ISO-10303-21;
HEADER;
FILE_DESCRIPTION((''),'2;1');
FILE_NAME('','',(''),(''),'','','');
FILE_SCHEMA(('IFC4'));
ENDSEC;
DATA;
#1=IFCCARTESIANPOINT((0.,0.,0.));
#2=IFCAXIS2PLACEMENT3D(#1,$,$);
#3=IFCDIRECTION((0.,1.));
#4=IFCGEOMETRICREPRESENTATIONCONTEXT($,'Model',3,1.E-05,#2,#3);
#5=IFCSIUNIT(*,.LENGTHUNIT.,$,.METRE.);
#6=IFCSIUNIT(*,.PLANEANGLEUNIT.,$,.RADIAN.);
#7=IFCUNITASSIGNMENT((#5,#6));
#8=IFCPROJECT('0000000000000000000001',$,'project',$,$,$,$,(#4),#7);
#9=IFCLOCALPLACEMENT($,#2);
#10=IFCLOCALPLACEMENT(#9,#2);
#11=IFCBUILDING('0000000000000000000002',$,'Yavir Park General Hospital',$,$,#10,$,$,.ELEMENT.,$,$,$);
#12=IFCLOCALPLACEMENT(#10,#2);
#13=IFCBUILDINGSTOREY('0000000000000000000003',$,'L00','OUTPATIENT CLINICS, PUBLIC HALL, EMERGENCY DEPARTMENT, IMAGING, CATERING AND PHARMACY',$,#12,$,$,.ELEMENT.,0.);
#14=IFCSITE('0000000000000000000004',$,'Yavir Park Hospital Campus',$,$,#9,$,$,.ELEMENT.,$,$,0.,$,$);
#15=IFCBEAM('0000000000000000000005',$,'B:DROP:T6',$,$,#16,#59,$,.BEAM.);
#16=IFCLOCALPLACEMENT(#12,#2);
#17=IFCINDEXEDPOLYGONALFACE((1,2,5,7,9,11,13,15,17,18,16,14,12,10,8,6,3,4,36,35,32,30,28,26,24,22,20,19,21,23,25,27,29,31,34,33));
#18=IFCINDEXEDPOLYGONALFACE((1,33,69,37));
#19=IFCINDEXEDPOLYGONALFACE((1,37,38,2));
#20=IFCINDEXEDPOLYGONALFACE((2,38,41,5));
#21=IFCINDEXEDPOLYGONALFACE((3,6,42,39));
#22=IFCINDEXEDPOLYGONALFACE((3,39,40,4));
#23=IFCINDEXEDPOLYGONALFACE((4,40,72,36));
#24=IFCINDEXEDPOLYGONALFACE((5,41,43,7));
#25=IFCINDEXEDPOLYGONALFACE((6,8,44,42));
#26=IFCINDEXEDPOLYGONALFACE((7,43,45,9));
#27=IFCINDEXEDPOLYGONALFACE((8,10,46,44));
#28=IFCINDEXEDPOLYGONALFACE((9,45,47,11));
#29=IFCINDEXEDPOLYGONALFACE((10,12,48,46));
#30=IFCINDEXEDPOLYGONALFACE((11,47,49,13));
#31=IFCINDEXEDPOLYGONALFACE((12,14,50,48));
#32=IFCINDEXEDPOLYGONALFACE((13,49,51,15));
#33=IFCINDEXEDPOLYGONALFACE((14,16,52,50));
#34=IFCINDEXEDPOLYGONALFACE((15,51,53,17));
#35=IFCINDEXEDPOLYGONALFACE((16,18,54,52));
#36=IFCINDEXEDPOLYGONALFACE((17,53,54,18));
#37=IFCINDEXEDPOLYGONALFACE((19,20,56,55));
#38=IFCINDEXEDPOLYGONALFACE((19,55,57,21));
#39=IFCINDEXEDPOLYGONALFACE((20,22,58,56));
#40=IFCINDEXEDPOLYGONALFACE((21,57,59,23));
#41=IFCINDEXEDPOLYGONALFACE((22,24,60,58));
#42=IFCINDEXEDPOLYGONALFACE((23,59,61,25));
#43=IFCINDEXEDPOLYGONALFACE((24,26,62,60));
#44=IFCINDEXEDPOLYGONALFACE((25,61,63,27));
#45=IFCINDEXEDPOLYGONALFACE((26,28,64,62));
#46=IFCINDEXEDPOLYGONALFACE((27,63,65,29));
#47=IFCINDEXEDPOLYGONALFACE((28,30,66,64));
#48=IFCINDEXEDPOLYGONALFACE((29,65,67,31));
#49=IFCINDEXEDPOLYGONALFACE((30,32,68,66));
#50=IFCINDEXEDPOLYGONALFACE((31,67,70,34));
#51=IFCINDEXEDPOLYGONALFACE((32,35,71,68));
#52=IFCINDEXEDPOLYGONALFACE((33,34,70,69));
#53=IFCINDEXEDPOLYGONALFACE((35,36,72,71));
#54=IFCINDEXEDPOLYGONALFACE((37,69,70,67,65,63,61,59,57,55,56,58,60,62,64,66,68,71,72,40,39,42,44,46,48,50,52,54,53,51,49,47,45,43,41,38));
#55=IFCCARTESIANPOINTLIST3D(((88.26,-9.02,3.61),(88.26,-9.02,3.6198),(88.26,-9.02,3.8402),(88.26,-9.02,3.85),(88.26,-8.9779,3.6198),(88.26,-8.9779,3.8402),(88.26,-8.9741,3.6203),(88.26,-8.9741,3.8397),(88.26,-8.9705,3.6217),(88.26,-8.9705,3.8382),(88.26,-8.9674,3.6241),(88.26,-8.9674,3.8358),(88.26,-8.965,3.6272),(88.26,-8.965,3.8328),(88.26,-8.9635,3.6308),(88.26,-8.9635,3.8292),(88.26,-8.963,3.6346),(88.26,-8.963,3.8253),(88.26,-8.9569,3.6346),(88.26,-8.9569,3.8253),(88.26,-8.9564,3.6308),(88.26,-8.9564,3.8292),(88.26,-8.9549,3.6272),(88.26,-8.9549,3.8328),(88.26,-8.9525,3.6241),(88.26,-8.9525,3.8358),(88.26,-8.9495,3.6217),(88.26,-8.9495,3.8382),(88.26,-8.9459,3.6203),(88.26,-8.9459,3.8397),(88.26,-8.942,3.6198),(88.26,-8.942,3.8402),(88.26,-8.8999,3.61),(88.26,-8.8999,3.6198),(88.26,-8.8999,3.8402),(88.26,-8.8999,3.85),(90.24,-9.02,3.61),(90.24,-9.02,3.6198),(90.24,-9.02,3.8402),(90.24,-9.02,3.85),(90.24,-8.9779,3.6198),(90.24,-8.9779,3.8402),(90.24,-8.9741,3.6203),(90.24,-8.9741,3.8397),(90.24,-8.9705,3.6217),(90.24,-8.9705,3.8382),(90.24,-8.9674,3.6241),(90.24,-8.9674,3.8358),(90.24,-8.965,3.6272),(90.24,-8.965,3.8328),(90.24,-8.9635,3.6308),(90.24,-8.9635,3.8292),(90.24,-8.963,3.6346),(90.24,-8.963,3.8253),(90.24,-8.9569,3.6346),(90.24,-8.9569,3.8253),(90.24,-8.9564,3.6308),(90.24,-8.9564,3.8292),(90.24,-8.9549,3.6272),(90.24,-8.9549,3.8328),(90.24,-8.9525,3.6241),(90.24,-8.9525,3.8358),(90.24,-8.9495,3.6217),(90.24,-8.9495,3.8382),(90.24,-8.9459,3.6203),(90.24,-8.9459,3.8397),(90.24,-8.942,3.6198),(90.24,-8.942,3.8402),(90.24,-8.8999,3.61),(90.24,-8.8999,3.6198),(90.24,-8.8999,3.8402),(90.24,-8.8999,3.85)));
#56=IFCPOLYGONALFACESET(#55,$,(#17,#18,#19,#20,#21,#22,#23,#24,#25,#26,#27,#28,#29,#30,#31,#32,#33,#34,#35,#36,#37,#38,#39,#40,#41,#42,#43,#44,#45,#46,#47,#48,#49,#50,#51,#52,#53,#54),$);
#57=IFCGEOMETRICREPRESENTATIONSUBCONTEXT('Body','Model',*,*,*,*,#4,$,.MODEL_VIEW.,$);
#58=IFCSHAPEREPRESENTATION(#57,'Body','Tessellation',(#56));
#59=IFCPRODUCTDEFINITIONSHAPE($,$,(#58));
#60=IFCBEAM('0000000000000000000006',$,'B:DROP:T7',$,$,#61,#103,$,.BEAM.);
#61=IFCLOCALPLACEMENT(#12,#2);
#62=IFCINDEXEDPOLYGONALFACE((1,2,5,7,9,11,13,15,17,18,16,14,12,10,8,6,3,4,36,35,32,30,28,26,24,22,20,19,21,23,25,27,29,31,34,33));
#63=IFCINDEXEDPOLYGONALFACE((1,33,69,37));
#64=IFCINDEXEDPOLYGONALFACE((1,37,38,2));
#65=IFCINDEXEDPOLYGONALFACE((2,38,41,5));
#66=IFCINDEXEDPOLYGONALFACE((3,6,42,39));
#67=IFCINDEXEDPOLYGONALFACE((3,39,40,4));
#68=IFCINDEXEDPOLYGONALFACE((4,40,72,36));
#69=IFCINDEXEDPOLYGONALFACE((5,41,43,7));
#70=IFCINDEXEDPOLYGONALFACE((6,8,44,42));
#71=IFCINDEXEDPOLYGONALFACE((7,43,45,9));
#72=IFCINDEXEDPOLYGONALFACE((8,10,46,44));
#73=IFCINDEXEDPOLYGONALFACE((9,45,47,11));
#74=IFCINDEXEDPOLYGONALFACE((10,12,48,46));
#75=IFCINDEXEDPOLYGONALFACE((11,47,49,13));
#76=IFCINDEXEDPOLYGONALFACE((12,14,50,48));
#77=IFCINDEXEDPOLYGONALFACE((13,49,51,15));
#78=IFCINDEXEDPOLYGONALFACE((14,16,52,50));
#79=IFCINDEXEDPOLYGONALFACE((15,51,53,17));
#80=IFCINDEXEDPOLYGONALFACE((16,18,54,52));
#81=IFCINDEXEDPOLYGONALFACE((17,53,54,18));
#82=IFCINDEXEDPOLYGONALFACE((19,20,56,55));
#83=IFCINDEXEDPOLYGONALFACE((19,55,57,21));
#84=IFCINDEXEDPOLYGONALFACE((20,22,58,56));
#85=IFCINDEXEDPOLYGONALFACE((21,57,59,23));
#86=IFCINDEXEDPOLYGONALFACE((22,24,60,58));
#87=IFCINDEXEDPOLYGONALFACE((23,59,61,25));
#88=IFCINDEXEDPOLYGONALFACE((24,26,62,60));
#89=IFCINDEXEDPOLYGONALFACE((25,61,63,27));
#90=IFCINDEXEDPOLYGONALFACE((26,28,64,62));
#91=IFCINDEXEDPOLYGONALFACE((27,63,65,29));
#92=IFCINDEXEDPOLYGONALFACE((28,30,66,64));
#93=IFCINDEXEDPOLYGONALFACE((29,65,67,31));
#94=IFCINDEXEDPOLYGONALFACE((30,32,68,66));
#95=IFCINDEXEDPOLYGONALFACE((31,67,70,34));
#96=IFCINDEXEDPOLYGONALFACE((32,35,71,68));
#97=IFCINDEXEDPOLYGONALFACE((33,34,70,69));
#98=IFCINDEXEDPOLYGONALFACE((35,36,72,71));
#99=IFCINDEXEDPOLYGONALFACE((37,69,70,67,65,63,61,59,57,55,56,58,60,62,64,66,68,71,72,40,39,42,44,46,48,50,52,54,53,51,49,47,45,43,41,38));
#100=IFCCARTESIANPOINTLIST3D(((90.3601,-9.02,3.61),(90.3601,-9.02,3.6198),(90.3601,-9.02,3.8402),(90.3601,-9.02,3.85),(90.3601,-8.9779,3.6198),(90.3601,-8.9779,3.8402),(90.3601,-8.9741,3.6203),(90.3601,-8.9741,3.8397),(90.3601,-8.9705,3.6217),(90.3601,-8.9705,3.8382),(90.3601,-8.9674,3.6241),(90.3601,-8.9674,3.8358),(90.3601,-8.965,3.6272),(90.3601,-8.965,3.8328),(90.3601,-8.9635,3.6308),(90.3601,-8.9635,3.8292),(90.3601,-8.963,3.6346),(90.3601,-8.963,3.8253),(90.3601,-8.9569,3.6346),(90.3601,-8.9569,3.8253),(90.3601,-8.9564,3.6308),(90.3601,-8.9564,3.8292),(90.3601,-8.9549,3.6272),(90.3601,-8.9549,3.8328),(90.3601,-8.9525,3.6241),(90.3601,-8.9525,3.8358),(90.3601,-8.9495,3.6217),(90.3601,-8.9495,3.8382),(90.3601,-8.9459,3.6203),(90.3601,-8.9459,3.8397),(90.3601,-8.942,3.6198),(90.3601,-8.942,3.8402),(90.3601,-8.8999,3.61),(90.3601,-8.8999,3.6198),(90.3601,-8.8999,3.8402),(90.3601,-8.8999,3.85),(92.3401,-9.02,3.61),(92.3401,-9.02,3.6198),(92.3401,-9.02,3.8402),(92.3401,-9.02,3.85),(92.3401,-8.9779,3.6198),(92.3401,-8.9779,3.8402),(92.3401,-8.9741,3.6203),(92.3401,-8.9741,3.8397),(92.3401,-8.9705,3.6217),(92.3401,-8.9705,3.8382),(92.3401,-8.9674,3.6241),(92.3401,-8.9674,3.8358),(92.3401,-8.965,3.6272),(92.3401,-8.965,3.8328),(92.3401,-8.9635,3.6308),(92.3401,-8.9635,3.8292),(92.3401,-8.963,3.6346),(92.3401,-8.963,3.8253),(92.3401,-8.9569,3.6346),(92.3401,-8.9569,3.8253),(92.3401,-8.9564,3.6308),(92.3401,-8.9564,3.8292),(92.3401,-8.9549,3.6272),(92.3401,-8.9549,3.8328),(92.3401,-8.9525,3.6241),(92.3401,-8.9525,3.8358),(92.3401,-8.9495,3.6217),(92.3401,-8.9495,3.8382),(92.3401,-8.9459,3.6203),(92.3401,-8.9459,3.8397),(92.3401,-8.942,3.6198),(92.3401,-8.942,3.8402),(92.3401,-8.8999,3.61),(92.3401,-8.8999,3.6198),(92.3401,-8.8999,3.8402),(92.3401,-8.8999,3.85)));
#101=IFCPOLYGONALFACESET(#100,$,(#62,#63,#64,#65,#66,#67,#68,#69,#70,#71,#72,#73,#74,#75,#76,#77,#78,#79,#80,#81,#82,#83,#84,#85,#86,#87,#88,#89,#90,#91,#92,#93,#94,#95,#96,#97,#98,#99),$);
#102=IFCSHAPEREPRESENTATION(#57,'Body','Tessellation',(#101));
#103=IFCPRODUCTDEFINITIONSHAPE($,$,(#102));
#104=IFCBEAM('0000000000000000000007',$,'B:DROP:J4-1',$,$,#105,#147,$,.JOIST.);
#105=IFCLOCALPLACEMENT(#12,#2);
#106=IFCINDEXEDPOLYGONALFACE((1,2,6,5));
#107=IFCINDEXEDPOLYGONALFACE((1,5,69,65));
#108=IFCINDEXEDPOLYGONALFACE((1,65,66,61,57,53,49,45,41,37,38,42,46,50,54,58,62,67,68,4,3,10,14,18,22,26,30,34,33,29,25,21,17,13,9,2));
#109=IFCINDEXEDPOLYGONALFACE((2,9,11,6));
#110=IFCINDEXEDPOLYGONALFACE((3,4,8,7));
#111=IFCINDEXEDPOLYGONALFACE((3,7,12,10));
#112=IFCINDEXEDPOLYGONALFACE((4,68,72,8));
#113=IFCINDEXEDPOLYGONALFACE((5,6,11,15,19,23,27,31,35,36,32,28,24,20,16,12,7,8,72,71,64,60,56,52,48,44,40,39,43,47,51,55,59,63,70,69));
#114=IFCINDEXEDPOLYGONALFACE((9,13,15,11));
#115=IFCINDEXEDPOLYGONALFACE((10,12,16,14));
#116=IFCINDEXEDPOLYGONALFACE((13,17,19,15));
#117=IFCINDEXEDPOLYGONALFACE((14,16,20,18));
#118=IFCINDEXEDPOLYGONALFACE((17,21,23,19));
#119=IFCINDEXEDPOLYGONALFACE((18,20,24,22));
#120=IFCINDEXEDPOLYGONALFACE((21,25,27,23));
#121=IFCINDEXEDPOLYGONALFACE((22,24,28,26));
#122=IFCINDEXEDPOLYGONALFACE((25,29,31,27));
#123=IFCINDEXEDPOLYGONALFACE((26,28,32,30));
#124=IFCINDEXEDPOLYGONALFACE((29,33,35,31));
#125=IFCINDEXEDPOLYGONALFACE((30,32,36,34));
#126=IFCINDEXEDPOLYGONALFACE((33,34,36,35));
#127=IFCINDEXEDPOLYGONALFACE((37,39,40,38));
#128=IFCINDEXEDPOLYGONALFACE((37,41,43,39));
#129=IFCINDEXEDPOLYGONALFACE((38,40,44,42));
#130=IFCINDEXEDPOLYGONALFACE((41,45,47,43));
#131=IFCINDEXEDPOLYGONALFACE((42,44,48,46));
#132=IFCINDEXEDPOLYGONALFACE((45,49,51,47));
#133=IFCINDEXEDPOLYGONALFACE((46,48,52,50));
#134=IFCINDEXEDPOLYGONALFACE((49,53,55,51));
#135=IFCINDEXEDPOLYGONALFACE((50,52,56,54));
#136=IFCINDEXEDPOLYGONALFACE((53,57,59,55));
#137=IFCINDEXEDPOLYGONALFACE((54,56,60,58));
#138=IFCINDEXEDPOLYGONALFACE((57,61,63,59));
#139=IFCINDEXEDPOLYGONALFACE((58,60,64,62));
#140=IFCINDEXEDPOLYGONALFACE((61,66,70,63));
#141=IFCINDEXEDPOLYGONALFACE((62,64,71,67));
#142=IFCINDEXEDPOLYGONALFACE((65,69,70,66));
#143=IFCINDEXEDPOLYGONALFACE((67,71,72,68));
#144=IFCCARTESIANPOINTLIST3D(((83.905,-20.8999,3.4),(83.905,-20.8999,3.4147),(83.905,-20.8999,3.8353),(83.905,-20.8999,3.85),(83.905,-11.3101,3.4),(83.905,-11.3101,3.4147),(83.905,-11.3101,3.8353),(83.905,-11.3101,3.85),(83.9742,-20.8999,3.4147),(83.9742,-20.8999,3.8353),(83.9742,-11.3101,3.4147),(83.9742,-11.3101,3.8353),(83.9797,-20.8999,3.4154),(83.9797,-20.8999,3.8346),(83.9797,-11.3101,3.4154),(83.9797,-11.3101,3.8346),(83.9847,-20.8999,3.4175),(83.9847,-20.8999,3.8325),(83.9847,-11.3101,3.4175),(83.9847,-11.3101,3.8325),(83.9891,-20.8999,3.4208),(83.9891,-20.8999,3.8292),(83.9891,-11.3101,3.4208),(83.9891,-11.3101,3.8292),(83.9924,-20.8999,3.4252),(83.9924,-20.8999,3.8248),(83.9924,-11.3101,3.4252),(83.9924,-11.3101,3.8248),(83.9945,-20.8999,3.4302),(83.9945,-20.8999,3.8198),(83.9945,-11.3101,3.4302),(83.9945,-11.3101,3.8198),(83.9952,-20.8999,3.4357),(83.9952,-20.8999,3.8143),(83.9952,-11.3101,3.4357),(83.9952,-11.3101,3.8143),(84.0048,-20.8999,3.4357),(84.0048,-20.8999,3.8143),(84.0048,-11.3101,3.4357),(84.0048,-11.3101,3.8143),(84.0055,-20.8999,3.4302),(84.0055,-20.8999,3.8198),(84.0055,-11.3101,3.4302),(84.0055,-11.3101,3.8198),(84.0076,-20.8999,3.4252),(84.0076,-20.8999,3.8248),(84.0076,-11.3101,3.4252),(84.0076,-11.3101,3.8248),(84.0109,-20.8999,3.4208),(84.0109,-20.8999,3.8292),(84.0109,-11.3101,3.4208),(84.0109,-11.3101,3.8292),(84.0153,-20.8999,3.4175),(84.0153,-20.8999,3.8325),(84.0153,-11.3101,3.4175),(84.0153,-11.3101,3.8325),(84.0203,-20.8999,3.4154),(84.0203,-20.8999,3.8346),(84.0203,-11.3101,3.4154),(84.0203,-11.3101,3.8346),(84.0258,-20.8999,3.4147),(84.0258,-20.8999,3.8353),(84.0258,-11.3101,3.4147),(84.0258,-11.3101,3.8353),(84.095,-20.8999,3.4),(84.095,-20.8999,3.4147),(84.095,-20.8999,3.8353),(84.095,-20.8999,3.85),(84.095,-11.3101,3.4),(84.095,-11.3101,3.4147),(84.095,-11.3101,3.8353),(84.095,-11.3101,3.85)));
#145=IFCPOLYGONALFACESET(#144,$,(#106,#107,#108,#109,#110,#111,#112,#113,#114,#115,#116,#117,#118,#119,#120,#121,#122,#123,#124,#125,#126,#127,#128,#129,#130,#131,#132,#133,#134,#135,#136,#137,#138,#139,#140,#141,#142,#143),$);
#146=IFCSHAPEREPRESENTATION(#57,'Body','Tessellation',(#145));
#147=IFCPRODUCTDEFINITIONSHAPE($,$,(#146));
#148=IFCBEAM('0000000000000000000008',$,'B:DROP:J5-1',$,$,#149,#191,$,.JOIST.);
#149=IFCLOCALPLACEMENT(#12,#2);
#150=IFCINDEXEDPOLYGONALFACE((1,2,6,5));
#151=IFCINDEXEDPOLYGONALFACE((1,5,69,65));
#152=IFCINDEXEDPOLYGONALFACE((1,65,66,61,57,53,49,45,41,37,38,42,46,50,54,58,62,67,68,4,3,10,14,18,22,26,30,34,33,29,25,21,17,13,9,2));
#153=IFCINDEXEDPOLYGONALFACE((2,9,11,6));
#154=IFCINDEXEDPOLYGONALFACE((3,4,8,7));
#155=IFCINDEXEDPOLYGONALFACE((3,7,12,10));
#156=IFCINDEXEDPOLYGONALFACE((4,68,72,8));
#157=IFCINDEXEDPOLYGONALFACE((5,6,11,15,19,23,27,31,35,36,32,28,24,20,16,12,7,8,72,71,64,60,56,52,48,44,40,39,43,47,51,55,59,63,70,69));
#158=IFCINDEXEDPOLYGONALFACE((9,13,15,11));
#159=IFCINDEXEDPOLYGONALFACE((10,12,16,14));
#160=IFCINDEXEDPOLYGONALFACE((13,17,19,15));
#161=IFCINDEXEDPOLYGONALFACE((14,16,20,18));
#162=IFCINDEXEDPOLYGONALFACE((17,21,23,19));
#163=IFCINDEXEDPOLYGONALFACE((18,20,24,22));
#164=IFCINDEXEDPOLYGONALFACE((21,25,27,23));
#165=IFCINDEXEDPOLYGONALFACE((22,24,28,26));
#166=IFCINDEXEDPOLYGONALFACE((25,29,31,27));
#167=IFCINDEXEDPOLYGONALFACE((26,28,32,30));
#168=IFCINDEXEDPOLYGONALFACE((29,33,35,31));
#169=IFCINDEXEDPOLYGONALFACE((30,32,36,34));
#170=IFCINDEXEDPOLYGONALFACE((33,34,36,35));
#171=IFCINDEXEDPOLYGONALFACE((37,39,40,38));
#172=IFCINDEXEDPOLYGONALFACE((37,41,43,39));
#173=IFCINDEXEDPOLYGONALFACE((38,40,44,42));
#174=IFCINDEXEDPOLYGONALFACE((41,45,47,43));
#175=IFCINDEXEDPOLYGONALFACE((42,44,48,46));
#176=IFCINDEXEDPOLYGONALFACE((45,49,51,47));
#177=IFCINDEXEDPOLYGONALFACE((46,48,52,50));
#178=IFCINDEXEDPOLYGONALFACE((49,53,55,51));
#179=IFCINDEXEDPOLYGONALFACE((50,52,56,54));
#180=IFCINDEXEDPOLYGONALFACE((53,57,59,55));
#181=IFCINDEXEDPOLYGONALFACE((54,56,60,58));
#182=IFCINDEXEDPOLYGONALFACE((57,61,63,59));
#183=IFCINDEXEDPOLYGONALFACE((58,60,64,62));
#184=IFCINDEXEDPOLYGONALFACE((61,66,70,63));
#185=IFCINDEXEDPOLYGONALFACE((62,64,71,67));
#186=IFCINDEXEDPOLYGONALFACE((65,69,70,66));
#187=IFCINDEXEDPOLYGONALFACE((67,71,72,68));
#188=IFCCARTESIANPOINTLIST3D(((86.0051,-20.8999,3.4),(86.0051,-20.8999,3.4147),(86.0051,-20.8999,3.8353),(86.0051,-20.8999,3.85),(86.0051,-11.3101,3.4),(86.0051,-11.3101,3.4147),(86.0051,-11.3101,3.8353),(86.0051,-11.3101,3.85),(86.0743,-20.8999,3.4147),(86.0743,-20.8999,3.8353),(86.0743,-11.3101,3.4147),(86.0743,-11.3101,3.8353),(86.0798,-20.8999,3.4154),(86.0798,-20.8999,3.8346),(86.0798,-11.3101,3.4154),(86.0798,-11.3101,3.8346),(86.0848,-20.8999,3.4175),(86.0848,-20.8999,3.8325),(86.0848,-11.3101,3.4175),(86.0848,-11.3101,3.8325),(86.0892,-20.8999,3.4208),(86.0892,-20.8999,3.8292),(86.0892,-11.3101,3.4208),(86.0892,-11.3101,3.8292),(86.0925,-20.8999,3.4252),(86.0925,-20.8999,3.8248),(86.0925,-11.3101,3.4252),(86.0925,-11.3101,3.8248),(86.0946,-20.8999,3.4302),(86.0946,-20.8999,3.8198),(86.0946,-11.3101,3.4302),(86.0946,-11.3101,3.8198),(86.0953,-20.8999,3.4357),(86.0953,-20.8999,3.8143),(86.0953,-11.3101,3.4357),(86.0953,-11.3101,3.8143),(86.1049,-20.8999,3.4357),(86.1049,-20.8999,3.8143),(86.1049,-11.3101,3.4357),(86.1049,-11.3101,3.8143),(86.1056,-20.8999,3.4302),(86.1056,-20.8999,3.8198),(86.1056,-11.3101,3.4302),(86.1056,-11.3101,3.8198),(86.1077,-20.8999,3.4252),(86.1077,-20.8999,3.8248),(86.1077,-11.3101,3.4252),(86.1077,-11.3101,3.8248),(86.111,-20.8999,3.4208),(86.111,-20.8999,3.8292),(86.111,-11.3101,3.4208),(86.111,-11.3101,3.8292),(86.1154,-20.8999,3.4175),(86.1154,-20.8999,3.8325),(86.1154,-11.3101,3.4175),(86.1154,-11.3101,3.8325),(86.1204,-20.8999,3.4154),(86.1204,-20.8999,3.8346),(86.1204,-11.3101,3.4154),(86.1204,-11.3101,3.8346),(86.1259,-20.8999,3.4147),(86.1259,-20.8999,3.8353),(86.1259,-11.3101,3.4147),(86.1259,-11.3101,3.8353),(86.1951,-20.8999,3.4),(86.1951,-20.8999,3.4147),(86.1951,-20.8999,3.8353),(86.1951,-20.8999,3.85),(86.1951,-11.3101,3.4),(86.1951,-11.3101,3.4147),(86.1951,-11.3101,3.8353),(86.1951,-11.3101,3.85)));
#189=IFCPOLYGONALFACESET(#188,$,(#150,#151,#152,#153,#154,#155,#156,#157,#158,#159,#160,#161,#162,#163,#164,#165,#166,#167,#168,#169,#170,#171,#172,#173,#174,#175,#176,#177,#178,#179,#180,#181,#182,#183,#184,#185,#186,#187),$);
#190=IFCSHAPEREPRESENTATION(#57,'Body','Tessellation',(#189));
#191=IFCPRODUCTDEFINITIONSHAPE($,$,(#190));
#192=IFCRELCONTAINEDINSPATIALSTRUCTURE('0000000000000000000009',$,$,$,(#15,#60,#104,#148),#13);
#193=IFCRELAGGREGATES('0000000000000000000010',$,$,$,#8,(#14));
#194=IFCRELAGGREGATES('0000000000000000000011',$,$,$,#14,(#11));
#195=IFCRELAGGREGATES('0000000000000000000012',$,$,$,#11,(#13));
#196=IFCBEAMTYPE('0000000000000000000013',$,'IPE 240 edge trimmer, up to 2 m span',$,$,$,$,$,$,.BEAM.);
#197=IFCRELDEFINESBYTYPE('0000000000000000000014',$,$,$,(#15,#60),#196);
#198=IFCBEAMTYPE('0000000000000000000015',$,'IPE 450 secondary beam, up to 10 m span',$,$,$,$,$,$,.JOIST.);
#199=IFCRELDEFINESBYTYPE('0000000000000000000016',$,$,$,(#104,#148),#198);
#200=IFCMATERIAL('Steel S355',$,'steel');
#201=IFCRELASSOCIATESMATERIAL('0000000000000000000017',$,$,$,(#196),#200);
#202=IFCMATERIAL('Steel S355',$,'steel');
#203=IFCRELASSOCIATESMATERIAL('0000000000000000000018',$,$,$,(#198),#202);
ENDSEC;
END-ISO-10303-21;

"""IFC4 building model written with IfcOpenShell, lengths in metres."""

from ifc_helpers import new_model, si_unit, direction, frame, origin, origin_2d, place, context, subcontext, project, spatial, i_section, extrude, material, material_profile, profile_set, type_object, element, save


model = new_model("IFC4")

# Units and contexts
model_context = context("Model", 3, precision=1e-05, world=origin(), true_north=direction((0.0, 1.0)))
body_context = subcontext(model_context, "Body", "Model", "MODEL_VIEW")
ifc_project = project(units=[si_unit("LENGTHUNIT", "METRE"), si_unit("PLANEANGLEUNIT", "RADIAN")], contexts=[model_context])

# Site, building, storey
site_placement = place(None, origin())
site = spatial("IfcSite", under=ifc_project, at=site_placement, Name="Yavir Park Hospital Campus", CompositionType="ELEMENT", RefElevation=0.0)
building_placement = place(site_placement, origin())
building = spatial("IfcBuilding", under=site, at=building_placement, Name="Yavir Park General Hospital", CompositionType="ELEMENT")
storey_placement = place(building_placement, origin())
storey = spatial("IfcBuildingStorey", under=building, at=storey_placement, Name="L00", Description="OUTPATIENT CLINICS, PUBLIC HALL, EMERGENCY DEPARTMENT, IMAGING, CATERING AND PHARMACY", CompositionType="ELEMENT", Elevation=0.0)

# Beams
ifc_material_1 = material(Name="Steel S355", Category="steel")
ifc_material_profile_1 = material_profile(ifc_material_1, i_section(OverallWidth=0.1201, OverallDepth=0.24, WebThickness=0.0061, FlangeThickness=0.0098, FilletRadius=0.0149, at=origin_2d()), Name="IPE240")
ifc_profile_set_1 = profile_set([ifc_material_profile_1], Name="Steel S355")
beam_type_1 = type_object("IfcBeamType", Name="IPE 240 edge trimmer, up to 2 m span", PredefinedType="BEAM", material=ifc_profile_set_1)
for number, where, z_axis, x_axis, name in (
    (1, (88.26, -8.96, 3.73), (1.0, 0.0, 0.0), (0.0, 1.0, 0.0), "B:DROP:T6"),
    (2, (90.3601, -8.96, 3.73), (1.0, 0.0, 0.0), (0.0, 1.0, 0.0), "B:DROP:T7"),
):
    element("IfcBeam", number, at=place(storey_placement, frame(where, z_axis=z_axis, x_axis=x_axis)), inside=storey, type_object=beam_type_1, Name=name, PredefinedType="BEAM", context=body_context, shape_type="SweptSolid", body=[
        extrude(i_section(OverallWidth=0.1201, OverallDepth=0.24, WebThickness=0.0061, FlangeThickness=0.0098, FilletRadius=0.0149, at=origin_2d()), origin(), (0.0, 0.0, 1.0), 1.98),
    ])
ifc_material_2 = material(Name="Steel S355", Category="steel")
ifc_material_profile_2 = material_profile(ifc_material_2, i_section(OverallWidth=0.1899, OverallDepth=0.45, WebThickness=0.0095, FlangeThickness=0.0146, FilletRadius=0.021, at=origin_2d()), Name="IPE450")
ifc_profile_set_2 = profile_set([ifc_material_profile_2], Name="Steel S355")
beam_type_2 = type_object("IfcBeamType", Name="IPE 450 secondary beam, up to 10 m span", PredefinedType="JOIST", material=ifc_profile_set_2)
for number, where, z_axis, x_axis, name in (
    (3, (84.0, -11.3101, 3.625), (0.0, -1.0, 0.0), (1.0, 0.0, 0.0), "B:DROP:J4-1"),
    (4, (86.1001, -11.3101, 3.625), (0.0, -1.0, 0.0), (1.0, 0.0, 0.0), "B:DROP:J5-1"),
):
    element("IfcBeam", number, at=place(storey_placement, frame(where, z_axis=z_axis, x_axis=x_axis)), inside=storey, type_object=beam_type_2, Name=name, PredefinedType="JOIST", context=body_context, shape_type="SweptSolid", body=[
        extrude(i_section(OverallWidth=0.1899, OverallDepth=0.45, WebThickness=0.0095, FlangeThickness=0.0146, FilletRadius=0.021, at=origin_2d()), origin(), (0.0, 0.0, 1.0), 9.5898),
    ])

save(model, "model.ifc")
